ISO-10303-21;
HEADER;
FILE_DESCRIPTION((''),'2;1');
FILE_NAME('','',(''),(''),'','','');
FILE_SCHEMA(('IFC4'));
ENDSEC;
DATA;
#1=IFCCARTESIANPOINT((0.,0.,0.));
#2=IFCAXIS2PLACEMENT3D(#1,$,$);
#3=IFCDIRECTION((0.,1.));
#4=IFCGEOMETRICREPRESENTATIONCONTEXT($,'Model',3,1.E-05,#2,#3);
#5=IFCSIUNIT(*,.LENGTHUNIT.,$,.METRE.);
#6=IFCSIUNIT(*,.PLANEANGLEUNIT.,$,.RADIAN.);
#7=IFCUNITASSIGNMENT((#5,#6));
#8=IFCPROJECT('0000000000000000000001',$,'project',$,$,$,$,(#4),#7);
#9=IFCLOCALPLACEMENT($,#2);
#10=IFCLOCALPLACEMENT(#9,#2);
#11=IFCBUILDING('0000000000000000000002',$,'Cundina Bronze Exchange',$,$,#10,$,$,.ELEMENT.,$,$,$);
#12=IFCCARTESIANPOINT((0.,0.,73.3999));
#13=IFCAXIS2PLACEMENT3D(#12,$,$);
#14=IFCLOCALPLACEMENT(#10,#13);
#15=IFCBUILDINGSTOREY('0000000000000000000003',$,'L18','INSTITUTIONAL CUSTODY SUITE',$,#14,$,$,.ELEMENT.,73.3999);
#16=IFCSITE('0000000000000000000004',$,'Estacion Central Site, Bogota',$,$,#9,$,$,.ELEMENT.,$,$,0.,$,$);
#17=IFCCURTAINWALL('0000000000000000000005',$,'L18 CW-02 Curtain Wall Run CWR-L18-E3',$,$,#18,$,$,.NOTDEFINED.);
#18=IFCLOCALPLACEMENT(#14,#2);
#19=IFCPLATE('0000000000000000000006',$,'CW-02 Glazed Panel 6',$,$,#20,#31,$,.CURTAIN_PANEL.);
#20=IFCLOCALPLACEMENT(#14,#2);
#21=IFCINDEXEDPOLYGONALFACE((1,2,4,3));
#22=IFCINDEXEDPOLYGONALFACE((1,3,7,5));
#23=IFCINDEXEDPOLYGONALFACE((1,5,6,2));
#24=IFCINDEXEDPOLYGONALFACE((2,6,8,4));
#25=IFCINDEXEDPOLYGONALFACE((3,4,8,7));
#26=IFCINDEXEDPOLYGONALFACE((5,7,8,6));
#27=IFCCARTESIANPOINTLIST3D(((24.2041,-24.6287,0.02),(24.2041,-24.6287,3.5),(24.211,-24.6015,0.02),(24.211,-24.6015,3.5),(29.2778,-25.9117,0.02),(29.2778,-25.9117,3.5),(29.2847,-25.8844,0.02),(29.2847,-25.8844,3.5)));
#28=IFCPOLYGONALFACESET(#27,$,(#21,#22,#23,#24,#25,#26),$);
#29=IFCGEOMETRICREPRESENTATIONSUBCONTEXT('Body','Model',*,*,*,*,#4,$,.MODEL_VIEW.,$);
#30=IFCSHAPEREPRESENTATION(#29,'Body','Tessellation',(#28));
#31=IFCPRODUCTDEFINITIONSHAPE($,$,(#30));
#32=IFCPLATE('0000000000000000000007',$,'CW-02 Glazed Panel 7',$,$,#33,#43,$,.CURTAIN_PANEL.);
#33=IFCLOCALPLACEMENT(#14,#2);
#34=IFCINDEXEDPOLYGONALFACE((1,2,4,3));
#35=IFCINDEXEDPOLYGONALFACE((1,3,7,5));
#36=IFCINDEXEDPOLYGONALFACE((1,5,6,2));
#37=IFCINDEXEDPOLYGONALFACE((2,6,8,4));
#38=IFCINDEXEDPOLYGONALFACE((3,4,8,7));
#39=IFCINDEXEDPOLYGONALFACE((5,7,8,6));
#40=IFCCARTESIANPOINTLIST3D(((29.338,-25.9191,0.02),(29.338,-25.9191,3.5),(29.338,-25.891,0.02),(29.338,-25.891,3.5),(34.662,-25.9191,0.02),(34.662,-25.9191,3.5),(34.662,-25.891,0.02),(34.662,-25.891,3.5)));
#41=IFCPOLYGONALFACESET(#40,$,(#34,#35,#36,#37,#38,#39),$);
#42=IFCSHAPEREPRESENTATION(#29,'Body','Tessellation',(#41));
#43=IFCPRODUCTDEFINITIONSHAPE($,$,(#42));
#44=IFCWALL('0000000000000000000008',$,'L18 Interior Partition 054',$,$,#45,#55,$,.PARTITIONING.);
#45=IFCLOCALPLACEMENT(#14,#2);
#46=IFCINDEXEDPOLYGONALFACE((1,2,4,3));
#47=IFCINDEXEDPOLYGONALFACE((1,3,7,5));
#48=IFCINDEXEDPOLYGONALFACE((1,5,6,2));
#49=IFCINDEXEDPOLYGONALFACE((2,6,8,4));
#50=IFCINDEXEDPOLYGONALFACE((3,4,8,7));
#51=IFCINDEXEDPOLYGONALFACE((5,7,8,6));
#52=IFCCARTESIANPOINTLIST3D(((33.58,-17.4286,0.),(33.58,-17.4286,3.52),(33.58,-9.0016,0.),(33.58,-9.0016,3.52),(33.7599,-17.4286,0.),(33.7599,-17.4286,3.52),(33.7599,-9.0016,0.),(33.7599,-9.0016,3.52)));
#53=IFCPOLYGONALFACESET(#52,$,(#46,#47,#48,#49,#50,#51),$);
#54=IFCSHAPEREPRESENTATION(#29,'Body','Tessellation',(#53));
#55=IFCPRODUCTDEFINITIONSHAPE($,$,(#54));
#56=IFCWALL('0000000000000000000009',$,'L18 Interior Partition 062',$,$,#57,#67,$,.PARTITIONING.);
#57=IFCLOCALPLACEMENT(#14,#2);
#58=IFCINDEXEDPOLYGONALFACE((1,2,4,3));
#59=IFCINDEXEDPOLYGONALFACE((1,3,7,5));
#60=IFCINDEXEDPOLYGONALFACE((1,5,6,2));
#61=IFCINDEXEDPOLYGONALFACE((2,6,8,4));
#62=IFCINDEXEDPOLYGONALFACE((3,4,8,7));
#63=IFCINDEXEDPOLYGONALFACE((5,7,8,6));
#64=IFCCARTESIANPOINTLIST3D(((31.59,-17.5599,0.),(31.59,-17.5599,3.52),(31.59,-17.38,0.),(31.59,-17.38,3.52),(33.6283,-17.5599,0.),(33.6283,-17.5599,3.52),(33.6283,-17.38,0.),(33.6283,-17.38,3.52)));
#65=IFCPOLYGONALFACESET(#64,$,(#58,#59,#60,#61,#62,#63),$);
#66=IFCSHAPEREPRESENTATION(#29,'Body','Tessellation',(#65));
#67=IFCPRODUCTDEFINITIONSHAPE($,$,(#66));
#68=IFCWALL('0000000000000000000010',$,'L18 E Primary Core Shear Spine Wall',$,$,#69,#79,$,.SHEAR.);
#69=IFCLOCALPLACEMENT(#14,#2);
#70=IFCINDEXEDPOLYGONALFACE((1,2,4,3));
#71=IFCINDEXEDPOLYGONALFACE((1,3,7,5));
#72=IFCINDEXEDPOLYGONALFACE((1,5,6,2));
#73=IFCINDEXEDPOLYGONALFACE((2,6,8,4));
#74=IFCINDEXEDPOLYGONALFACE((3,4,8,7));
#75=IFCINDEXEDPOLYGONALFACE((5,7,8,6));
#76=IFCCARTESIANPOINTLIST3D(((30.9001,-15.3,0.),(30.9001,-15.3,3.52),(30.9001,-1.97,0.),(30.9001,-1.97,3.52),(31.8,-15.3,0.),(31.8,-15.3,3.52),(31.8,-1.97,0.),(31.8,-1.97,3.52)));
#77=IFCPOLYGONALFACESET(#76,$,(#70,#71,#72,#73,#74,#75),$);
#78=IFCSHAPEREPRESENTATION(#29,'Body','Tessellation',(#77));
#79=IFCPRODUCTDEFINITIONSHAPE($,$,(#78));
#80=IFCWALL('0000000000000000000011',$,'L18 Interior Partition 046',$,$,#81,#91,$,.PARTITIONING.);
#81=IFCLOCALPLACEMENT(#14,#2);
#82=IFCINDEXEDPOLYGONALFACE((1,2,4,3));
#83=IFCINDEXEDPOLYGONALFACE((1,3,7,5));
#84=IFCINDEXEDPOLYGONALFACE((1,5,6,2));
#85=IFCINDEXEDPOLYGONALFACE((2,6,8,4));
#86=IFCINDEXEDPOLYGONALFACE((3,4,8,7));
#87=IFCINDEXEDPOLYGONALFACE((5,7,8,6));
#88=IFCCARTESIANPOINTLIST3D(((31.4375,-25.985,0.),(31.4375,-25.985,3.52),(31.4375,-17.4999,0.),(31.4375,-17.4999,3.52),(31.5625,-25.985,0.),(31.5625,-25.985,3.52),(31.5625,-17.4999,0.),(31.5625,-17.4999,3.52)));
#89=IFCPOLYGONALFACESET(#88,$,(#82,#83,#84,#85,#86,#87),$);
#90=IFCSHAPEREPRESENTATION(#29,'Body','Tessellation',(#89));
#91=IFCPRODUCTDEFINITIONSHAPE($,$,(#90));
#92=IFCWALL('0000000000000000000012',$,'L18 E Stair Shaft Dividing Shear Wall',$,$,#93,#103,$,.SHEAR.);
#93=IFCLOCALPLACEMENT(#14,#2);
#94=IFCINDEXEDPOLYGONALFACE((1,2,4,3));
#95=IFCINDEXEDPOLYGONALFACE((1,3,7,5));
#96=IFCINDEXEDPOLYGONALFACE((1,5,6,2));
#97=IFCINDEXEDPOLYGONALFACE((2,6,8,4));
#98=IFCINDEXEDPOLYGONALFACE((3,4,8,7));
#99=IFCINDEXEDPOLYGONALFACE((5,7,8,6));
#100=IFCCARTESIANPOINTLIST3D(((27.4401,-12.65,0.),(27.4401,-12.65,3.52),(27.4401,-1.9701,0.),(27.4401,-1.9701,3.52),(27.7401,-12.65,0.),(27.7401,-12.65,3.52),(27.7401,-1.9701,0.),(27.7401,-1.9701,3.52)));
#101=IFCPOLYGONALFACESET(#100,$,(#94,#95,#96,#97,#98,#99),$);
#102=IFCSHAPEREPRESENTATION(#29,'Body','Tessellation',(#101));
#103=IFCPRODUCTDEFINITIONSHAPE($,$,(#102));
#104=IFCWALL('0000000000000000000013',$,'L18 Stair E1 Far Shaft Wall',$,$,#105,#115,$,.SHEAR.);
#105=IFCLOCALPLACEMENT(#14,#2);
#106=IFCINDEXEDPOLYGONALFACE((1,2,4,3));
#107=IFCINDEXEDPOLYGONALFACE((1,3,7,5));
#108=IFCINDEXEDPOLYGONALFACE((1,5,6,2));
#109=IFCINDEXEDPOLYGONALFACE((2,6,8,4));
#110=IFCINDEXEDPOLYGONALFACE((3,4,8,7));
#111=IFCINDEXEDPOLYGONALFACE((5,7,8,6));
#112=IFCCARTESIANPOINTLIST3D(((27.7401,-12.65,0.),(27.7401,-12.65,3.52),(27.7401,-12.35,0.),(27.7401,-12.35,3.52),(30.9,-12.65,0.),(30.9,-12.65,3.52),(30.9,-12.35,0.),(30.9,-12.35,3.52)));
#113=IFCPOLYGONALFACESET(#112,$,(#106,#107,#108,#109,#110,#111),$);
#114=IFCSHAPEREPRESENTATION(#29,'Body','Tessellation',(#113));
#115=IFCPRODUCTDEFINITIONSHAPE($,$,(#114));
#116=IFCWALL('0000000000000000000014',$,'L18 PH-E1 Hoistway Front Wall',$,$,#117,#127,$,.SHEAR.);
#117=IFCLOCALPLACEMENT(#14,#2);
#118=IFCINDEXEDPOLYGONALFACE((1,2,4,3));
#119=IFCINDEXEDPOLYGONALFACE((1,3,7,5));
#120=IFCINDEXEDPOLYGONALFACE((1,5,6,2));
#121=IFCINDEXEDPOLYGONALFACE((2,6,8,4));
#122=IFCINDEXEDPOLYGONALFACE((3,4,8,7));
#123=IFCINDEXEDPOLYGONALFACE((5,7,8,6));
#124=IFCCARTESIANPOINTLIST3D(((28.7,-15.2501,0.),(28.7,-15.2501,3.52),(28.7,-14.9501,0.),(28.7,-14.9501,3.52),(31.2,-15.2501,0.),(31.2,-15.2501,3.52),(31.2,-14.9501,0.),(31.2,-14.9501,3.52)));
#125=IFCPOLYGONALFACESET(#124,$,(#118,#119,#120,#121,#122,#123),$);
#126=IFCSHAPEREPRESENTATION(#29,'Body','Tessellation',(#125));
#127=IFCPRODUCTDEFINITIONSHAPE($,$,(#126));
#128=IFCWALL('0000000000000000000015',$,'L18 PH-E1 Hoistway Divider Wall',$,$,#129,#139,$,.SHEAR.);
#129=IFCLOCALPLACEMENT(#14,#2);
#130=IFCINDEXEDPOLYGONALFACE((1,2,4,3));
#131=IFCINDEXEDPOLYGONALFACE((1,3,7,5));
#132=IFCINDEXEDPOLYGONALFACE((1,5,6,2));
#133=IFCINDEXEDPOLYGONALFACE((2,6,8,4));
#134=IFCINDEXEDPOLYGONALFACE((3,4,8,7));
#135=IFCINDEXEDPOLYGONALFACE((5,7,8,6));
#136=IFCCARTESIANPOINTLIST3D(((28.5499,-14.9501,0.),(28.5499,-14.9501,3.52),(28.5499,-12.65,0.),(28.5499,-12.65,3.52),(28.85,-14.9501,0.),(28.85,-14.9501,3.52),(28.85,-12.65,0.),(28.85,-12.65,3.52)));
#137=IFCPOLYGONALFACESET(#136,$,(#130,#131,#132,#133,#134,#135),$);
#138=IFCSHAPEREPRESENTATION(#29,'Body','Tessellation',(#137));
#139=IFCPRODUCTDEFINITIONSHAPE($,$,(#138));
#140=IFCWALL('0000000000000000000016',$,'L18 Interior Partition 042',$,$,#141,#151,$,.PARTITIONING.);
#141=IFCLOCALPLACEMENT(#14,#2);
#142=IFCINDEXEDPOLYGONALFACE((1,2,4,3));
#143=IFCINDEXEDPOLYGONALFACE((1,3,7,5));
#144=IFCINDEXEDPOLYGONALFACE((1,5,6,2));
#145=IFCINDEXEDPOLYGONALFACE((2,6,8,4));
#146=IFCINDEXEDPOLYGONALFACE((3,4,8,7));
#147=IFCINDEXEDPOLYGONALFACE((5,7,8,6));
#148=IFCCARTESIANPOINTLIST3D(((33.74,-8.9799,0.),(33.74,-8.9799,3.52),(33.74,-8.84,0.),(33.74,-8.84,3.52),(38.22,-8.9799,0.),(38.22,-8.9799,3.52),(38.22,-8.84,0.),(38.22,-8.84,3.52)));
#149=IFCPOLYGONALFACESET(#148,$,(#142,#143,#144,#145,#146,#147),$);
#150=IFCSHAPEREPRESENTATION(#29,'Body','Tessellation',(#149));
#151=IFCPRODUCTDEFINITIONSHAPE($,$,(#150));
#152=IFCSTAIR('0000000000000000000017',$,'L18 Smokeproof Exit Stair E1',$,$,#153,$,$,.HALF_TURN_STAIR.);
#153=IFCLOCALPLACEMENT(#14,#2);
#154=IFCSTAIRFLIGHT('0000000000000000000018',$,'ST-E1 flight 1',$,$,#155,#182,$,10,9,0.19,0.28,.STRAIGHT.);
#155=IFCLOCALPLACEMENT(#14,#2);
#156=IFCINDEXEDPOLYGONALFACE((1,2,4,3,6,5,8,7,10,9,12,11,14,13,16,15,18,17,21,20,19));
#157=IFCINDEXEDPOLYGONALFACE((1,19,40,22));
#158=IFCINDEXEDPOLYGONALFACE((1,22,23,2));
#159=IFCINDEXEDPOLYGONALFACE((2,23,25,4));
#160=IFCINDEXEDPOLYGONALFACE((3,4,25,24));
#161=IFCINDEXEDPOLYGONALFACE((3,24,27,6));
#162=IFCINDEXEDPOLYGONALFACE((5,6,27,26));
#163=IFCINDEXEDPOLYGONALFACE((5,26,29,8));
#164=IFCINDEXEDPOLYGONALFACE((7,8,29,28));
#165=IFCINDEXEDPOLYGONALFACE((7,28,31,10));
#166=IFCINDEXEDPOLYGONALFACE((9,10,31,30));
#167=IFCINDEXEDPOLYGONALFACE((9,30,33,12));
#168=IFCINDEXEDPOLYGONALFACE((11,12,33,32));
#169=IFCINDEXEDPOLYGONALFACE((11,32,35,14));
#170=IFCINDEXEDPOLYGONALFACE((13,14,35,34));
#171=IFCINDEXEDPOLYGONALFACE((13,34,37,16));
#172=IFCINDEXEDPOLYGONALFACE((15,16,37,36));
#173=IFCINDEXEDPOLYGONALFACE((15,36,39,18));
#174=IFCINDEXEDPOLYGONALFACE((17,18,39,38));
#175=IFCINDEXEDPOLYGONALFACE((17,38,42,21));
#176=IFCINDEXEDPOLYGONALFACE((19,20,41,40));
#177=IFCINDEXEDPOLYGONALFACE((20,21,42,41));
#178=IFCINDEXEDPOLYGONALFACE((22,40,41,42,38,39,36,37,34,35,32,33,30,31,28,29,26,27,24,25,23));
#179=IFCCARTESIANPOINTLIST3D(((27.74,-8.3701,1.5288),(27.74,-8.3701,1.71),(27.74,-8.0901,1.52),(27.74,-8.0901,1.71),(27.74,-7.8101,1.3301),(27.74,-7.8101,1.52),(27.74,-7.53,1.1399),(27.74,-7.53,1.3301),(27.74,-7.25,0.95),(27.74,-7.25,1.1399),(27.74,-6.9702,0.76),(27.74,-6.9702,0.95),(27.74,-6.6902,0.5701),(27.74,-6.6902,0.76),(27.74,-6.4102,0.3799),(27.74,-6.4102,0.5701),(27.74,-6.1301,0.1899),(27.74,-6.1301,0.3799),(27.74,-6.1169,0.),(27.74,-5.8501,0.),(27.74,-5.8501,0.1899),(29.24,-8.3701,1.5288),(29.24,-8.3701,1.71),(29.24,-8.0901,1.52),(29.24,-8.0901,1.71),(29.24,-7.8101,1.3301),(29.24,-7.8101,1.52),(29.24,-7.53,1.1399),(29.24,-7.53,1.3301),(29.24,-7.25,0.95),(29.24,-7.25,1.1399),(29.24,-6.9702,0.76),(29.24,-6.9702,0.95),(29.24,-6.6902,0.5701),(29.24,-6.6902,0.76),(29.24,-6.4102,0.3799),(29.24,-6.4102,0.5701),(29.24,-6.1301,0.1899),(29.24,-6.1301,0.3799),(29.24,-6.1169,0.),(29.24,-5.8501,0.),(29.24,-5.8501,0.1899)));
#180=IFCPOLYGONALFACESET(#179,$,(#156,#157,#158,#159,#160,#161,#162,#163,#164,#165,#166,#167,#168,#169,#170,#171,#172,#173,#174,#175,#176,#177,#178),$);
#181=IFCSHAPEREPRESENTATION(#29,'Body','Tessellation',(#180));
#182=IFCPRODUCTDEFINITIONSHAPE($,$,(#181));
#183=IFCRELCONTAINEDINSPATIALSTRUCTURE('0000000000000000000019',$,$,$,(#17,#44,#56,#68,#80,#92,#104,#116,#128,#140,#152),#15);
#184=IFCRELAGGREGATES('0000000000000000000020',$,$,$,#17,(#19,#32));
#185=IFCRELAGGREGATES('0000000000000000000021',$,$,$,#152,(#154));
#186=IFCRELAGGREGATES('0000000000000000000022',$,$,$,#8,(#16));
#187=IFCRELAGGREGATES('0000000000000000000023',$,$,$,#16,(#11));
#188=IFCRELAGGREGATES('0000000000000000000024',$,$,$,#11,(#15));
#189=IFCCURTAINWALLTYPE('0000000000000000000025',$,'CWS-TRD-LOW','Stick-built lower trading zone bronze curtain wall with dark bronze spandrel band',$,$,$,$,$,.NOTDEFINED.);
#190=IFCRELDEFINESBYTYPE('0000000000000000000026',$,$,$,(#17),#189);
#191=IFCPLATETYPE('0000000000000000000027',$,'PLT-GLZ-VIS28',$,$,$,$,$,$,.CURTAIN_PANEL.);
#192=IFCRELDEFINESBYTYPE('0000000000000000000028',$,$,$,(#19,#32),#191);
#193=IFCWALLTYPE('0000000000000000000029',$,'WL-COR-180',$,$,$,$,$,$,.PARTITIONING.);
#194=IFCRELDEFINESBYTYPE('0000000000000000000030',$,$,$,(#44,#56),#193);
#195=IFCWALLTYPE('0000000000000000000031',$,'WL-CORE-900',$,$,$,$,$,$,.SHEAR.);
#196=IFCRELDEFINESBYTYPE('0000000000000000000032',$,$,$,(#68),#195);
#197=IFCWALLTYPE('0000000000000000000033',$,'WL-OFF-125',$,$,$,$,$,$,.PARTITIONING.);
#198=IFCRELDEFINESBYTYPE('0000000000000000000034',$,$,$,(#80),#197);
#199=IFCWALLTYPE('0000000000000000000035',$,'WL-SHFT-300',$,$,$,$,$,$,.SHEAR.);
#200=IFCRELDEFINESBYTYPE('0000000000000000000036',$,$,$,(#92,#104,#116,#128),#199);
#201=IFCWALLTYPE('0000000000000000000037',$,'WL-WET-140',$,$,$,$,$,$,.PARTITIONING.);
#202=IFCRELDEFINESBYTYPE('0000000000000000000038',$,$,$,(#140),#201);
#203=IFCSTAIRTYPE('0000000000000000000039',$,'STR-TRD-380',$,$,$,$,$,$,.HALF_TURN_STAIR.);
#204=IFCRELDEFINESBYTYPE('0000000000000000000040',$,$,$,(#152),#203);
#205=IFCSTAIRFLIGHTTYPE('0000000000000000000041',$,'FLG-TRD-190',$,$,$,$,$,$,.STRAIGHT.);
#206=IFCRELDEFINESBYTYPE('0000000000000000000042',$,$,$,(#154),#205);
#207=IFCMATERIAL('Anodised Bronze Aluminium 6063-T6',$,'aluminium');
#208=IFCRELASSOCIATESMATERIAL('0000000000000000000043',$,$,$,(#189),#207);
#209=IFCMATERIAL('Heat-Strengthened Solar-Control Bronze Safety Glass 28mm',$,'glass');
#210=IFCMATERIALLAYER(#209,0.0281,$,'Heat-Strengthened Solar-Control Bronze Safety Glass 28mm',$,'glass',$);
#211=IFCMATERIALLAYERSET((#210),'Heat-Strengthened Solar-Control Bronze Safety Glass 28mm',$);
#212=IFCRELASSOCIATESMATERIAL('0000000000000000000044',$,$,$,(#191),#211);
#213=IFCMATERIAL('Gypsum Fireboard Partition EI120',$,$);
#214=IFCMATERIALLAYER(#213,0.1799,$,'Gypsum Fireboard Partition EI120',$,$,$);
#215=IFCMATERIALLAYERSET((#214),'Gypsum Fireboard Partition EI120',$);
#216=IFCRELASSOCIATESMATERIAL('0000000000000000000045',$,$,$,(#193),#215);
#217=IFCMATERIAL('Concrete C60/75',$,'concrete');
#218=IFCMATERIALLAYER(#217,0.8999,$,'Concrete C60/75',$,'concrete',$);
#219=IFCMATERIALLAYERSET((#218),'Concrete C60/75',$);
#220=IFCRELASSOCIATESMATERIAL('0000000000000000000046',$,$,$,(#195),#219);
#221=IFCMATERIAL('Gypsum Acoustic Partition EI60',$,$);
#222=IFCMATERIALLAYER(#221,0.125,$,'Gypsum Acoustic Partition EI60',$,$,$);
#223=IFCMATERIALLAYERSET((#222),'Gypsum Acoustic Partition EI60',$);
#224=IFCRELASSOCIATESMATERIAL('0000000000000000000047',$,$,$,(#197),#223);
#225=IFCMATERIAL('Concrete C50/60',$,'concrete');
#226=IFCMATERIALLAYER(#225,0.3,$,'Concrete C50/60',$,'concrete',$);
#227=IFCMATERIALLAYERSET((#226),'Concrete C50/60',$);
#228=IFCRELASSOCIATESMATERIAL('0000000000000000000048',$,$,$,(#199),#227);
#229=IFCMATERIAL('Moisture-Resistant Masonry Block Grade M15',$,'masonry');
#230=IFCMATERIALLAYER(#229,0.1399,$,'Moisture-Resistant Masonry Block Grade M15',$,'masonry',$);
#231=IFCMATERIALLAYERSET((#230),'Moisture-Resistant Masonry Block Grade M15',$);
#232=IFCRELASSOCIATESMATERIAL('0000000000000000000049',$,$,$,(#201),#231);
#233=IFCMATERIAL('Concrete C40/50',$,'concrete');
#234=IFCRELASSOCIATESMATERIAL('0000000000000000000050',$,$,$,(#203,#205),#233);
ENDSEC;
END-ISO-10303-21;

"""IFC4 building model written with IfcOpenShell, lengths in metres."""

from ifc_helpers import new_model, si_unit, direction, frame, frame_2d, origin, origin_2d, place, context, subcontext, project, spatial, polyline, rectangle, outline, extrude, material, layer, layer_set, type_object, element, aggregate, save


model = new_model("IFC4")

# Units and contexts
model_context = context("Model", 3, precision=1e-05, world=origin(), true_north=direction((0.0, 1.0)))
body_context = subcontext(model_context, "Body", "Model", "MODEL_VIEW")
ifc_project = project(units=[si_unit("LENGTHUNIT", "METRE"), si_unit("PLANEANGLEUNIT", "RADIAN")], contexts=[model_context])

# Site, building, storey
site_placement = place(None, origin())
site = spatial("IfcSite", under=ifc_project, at=site_placement, Name="Estacion Central Site, Bogota", CompositionType="ELEMENT", RefElevation=0.0)
building_placement = place(site_placement, origin())
building = spatial("IfcBuilding", under=site, at=building_placement, Name="Cundina Bronze Exchange", CompositionType="ELEMENT")
storey_placement = place(building_placement, frame((0.0, 0.0, 73.3999)))
storey = spatial("IfcBuildingStorey", under=building, at=storey_placement, Name="L18", Description="INSTITUTIONAL CUSTODY SUITE", CompositionType="ELEMENT", Elevation=73.3999)

# Shared definitions
ifc_material_1 = material(Name="Concrete C60/75", Category="concrete")

# Curtain wall, plates
ifc_material_2 = material(Name="Anodised Bronze Aluminium 6063-T6", Category="aluminium")
curtain_wall_type = type_object("IfcCurtainWallType", Name="CWS-TRD-LOW", Description="Stick-built lower trading zone bronze curtain wall with dark bronze spandrel band", PredefinedType="NOTDEFINED", material=ifc_material_2)
curtain_wall_placement = place(storey_placement, origin())
curtain_wall = element("IfcCurtainWall", 1, at=curtain_wall_placement, inside=storey, type_object=curtain_wall_type, Name="L18 CW-02 Curtain Wall Run CWR-L18-E3", PredefinedType="NOTDEFINED")
ifc_material_3 = material(Name="Heat-Strengthened Solar-Control Bronze Safety Glass 28mm", Category="glass")
ifc_layer_1 = layer(ifc_material_3, 0.0281, Name="Heat-Strengthened Solar-Control Bronze Safety Glass 28mm", Category="glass")
ifc_layer_set_1 = layer_set([ifc_layer_1], Name="Heat-Strengthened Solar-Control Bronze Safety Glass 28mm")
plate_type = type_object("IfcPlateType", Name="PLT-GLZ-VIS28", PredefinedType="CURTAIN_PANEL", material=ifc_layer_set_1)
plate_1_placement = place(storey_placement, frame((26.7444, -25.2566, 0.02), z_axis=(0.0, 0.0, 1.0), x_axis=(0.969488, -0.245138, 0.0)))
plate_1 = element("IfcPlate", 2, at=plate_1_placement, type_object=plate_type, Name="CW-02 Glazed Panel 6", PredefinedType="CURTAIN_PANEL", context=body_context, shape_type="SweptSolid", body=[
    extrude(rectangle(XDim=5.2334, YDim=0.0281, at=origin_2d()), origin(), (0.0, 0.0, 1.0), 3.48),
])
plate_2_placement = place(storey_placement, frame((32.0, -25.905, 0.02), z_axis=(0.0, 0.0, 1.0), x_axis=(1.0, 0.0, 0.0)))
plate_2 = element("IfcPlate", 3, at=plate_2_placement, type_object=plate_type, Name="CW-02 Glazed Panel 7", PredefinedType="CURTAIN_PANEL", context=body_context, shape_type="SweptSolid", body=[
    extrude(rectangle(XDim=5.324, YDim=0.0281, at=origin_2d()), origin(), (0.0, 0.0, 1.0), 3.48),
])
aggregate(curtain_wall, [plate_1, plate_2])

# Shared definitions
ifc_material_4 = material(Name="Gypsum Fireboard Partition EI120")
ifc_layer_2 = layer(ifc_material_4, 0.1799, Name="Gypsum Fireboard Partition EI120")
ifc_layer_set_2 = layer_set([ifc_layer_2], Name="Gypsum Fireboard Partition EI120")
wall_type_1 = type_object("IfcWallType", Name="WL-COR-180", PredefinedType="PARTITIONING", material=ifc_layer_set_2)

# Walls
wall_1_placement = place(storey_placement, frame((33.6699, -17.4285, 0.0), z_axis=(0.0, 0.0, 1.0), x_axis=(0.0, 1.0, 0.0)))
element("IfcWall", 4, at=wall_1_placement, inside=storey, type_object=wall_type_1, Name="L18 Interior Partition 054", PredefinedType="PARTITIONING", context=body_context, shape_type="SweptSolid", body=[
    extrude(rectangle(XDim=8.427, YDim=0.1799, at=frame_2d((4.2134, 0.0))), origin(), (0.0, 0.0, 1.0), 3.52),
])
wall_2_placement = place(storey_placement, frame((31.5901, -17.47, 0.0), z_axis=(0.0, 0.0, 1.0), x_axis=(1.0, 0.0, 0.0)))
element("IfcWall", 5, at=wall_2_placement, inside=storey, type_object=wall_type_1, Name="L18 Interior Partition 062", PredefinedType="PARTITIONING", context=body_context, shape_type="SweptSolid", body=[
    extrude(rectangle(XDim=2.0383, YDim=0.1799, at=frame_2d((1.019, 0.0))), origin(), (0.0, 0.0, 1.0), 3.52),
])
ifc_layer_3 = layer(ifc_material_1, 0.8999, Name="Concrete C60/75", Category="concrete")
ifc_layer_set_3 = layer_set([ifc_layer_3], Name="Concrete C60/75")
wall_type_2 = type_object("IfcWallType", Name="WL-CORE-900", PredefinedType="SHEAR", material=ifc_layer_set_3)
wall_3_placement = place(storey_placement, frame((31.3501, -15.3, 0.0), z_axis=(0.0, 0.0, 1.0), x_axis=(0.0, 1.0, 0.0)))
element("IfcWall", 6, at=wall_3_placement, inside=storey, type_object=wall_type_2, Name="L18 E Primary Core Shear Spine Wall", PredefinedType="SHEAR", context=body_context, shape_type="SweptSolid", body=[
    extrude(rectangle(XDim=13.3301, YDim=0.8999, at=frame_2d((6.665, 0.0))), origin(), (0.0, 0.0, 1.0), 3.52),
])
ifc_material_5 = material(Name="Gypsum Acoustic Partition EI60")
ifc_layer_4 = layer(ifc_material_5, 0.125, Name="Gypsum Acoustic Partition EI60")
ifc_layer_set_4 = layer_set([ifc_layer_4], Name="Gypsum Acoustic Partition EI60")
wall_type_3 = type_object("IfcWallType", Name="WL-OFF-125", PredefinedType="PARTITIONING", material=ifc_layer_set_4)
wall_4_placement = place(storey_placement, frame((31.5, -25.9851, 0.0), z_axis=(0.0, 0.0, 1.0), x_axis=(0.0, 1.0, 0.0)))
element("IfcWall", 7, at=wall_4_placement, inside=storey, type_object=wall_type_3, Name="L18 Interior Partition 046", PredefinedType="PARTITIONING", context=body_context, shape_type="SweptSolid", body=[
    extrude(rectangle(XDim=8.4851, YDim=0.125, at=frame_2d((4.2427, 0.0))), origin(), (0.0, 0.0, 1.0), 3.52),
])
ifc_material_6 = material(Name="Concrete C50/60", Category="concrete")
ifc_layer_5 = layer(ifc_material_6, 0.3, Name="Concrete C50/60", Category="concrete")
ifc_layer_set_5 = layer_set([ifc_layer_5], Name="Concrete C50/60")
wall_type_4 = type_object("IfcWallType", Name="WL-SHFT-300", PredefinedType="SHEAR", material=ifc_layer_set_5)
wall_5_placement = place(storey_placement, frame((27.5901, -12.6499, 0.0), z_axis=(0.0, 0.0, 1.0), x_axis=(0.0, 1.0, 0.0)))
element("IfcWall", 8, at=wall_5_placement, inside=storey, type_object=wall_type_4, Name="L18 E Stair Shaft Dividing Shear Wall", PredefinedType="SHEAR", context=body_context, shape_type="SweptSolid", body=[
    extrude(rectangle(XDim=10.6799, YDim=0.3, at=frame_2d((5.3398, 0.0))), origin(), (0.0, 0.0, 1.0), 3.52),
])
wall_6_placement = place(storey_placement, frame((27.74, -12.5, 0.0), z_axis=(0.0, 0.0, 1.0), x_axis=(1.0, 0.0, 0.0)))
element("IfcWall", 9, at=wall_6_placement, inside=storey, type_object=wall_type_4, Name="L18 Stair E1 Far Shaft Wall", PredefinedType="SHEAR", context=body_context, shape_type="SweptSolid", body=[
    extrude(rectangle(XDim=3.1599, YDim=0.3, at=frame_2d((1.5801, 0.0))), origin(), (0.0, 0.0, 1.0), 3.52),
])
wall_7_placement = place(storey_placement, frame((28.7, -15.1001, 0.0), z_axis=(0.0, 0.0, 1.0), x_axis=(1.0, 0.0, 0.0)))
element("IfcWall", 10, at=wall_7_placement, inside=storey, type_object=wall_type_4, Name="L18 PH-E1 Hoistway Front Wall", PredefinedType="SHEAR", context=body_context, shape_type="SweptSolid", body=[
    extrude(rectangle(XDim=2.5, YDim=0.3, at=frame_2d((1.25, 0.0))), origin(), (0.0, 0.0, 1.0), 3.52),
])
wall_8_placement = place(storey_placement, frame((28.7, -14.95, 0.0), z_axis=(0.0, 0.0, 1.0), x_axis=(0.0, 1.0, 0.0)))
element("IfcWall", 11, at=wall_8_placement, inside=storey, type_object=wall_type_4, Name="L18 PH-E1 Hoistway Divider Wall", PredefinedType="SHEAR", context=body_context, shape_type="SweptSolid", body=[
    extrude(rectangle(XDim=2.3, YDim=0.3, at=frame_2d((1.1499, 0.0))), origin(), (0.0, 0.0, 1.0), 3.52),
])
ifc_material_7 = material(Name="Moisture-Resistant Masonry Block Grade M15", Category="masonry")
ifc_layer_6 = layer(ifc_material_7, 0.1399, Name="Moisture-Resistant Masonry Block Grade M15", Category="masonry")
ifc_layer_set_6 = layer_set([ifc_layer_6], Name="Moisture-Resistant Masonry Block Grade M15")
wall_type_5 = type_object("IfcWallType", Name="WL-WET-140", PredefinedType="PARTITIONING", material=ifc_layer_set_6)
wall_9_placement = place(storey_placement, frame((33.74, -8.9099, 0.0), z_axis=(0.0, 0.0, 1.0), x_axis=(1.0, 0.0, 0.0)))
element("IfcWall", 12, at=wall_9_placement, inside=storey, type_object=wall_type_5, Name="L18 Interior Partition 042", PredefinedType="PARTITIONING", context=body_context, shape_type="SweptSolid", body=[
    extrude(rectangle(XDim=4.48, YDim=0.1399, at=frame_2d((2.24, 0.0))), origin(), (0.0, 0.0, 1.0), 3.52),
])

# Stair, stair flight
ifc_material_8 = material(Name="Concrete C40/50", Category="concrete")
stair_type = type_object("IfcStairType", Name="STR-TRD-380", PredefinedType="HALF_TURN_STAIR", material=ifc_material_8)
stair_placement = place(storey_placement, origin())
stair = element("IfcStair", 13, at=stair_placement, inside=storey, type_object=stair_type, Name="L18 Smokeproof Exit Stair E1", PredefinedType="HALF_TURN_STAIR")
stair_flight_type = type_object("IfcStairFlightType", Name="FLG-TRD-190", PredefinedType="STRAIGHT", material=ifc_material_8)
stair_flight_1_placement = place(storey_placement, frame((28.49, -5.8501, 0.0), z_axis=(0.0, 0.0, 1.0), x_axis=(0.0, -1.0, 0.0)))
stair_flight_1 = element("IfcStairFlight", 14, at=stair_flight_1_placement, type_object=stair_flight_type, Name="ST-E1 flight 1", NumberOfRisers=10, NumberOfTreads=9, PredefinedType="STRAIGHT", RiserHeight=0.19, TreadLength=0.28, context=body_context, shape_type="SweptSolid", body=[
    extrude(outline(polyline([(0.0, 0.0), (0.0, 0.1899), (0.28, 0.1899), (0.28, 0.3799), (0.5601, 0.3799), (0.5601, 0.5701), (0.8401, 0.5701), (0.8401, 0.76), (1.1201, 0.76), (1.1201, 0.95), (1.3999, 0.95), (1.3999, 1.1399), (1.6799, 1.1399), (1.6799, 1.3301), (1.96, 1.3301), (1.96, 1.52), (2.24, 1.52), (2.24, 1.71), (2.52, 1.71), (2.52, 1.8999), (2.52, 1.5288), (0.2668, 0.0), (0.0, 0.0)])), frame((0.0, 0.75, 0.0), z_axis=(0.0, -1.0, 0.0), x_axis=(1.0, 0.0, 0.0)), (0.0, 0.0, 1.0), 1.5),
])
aggregate(stair, [stair_flight_1])

save(model, "model.ifc")
